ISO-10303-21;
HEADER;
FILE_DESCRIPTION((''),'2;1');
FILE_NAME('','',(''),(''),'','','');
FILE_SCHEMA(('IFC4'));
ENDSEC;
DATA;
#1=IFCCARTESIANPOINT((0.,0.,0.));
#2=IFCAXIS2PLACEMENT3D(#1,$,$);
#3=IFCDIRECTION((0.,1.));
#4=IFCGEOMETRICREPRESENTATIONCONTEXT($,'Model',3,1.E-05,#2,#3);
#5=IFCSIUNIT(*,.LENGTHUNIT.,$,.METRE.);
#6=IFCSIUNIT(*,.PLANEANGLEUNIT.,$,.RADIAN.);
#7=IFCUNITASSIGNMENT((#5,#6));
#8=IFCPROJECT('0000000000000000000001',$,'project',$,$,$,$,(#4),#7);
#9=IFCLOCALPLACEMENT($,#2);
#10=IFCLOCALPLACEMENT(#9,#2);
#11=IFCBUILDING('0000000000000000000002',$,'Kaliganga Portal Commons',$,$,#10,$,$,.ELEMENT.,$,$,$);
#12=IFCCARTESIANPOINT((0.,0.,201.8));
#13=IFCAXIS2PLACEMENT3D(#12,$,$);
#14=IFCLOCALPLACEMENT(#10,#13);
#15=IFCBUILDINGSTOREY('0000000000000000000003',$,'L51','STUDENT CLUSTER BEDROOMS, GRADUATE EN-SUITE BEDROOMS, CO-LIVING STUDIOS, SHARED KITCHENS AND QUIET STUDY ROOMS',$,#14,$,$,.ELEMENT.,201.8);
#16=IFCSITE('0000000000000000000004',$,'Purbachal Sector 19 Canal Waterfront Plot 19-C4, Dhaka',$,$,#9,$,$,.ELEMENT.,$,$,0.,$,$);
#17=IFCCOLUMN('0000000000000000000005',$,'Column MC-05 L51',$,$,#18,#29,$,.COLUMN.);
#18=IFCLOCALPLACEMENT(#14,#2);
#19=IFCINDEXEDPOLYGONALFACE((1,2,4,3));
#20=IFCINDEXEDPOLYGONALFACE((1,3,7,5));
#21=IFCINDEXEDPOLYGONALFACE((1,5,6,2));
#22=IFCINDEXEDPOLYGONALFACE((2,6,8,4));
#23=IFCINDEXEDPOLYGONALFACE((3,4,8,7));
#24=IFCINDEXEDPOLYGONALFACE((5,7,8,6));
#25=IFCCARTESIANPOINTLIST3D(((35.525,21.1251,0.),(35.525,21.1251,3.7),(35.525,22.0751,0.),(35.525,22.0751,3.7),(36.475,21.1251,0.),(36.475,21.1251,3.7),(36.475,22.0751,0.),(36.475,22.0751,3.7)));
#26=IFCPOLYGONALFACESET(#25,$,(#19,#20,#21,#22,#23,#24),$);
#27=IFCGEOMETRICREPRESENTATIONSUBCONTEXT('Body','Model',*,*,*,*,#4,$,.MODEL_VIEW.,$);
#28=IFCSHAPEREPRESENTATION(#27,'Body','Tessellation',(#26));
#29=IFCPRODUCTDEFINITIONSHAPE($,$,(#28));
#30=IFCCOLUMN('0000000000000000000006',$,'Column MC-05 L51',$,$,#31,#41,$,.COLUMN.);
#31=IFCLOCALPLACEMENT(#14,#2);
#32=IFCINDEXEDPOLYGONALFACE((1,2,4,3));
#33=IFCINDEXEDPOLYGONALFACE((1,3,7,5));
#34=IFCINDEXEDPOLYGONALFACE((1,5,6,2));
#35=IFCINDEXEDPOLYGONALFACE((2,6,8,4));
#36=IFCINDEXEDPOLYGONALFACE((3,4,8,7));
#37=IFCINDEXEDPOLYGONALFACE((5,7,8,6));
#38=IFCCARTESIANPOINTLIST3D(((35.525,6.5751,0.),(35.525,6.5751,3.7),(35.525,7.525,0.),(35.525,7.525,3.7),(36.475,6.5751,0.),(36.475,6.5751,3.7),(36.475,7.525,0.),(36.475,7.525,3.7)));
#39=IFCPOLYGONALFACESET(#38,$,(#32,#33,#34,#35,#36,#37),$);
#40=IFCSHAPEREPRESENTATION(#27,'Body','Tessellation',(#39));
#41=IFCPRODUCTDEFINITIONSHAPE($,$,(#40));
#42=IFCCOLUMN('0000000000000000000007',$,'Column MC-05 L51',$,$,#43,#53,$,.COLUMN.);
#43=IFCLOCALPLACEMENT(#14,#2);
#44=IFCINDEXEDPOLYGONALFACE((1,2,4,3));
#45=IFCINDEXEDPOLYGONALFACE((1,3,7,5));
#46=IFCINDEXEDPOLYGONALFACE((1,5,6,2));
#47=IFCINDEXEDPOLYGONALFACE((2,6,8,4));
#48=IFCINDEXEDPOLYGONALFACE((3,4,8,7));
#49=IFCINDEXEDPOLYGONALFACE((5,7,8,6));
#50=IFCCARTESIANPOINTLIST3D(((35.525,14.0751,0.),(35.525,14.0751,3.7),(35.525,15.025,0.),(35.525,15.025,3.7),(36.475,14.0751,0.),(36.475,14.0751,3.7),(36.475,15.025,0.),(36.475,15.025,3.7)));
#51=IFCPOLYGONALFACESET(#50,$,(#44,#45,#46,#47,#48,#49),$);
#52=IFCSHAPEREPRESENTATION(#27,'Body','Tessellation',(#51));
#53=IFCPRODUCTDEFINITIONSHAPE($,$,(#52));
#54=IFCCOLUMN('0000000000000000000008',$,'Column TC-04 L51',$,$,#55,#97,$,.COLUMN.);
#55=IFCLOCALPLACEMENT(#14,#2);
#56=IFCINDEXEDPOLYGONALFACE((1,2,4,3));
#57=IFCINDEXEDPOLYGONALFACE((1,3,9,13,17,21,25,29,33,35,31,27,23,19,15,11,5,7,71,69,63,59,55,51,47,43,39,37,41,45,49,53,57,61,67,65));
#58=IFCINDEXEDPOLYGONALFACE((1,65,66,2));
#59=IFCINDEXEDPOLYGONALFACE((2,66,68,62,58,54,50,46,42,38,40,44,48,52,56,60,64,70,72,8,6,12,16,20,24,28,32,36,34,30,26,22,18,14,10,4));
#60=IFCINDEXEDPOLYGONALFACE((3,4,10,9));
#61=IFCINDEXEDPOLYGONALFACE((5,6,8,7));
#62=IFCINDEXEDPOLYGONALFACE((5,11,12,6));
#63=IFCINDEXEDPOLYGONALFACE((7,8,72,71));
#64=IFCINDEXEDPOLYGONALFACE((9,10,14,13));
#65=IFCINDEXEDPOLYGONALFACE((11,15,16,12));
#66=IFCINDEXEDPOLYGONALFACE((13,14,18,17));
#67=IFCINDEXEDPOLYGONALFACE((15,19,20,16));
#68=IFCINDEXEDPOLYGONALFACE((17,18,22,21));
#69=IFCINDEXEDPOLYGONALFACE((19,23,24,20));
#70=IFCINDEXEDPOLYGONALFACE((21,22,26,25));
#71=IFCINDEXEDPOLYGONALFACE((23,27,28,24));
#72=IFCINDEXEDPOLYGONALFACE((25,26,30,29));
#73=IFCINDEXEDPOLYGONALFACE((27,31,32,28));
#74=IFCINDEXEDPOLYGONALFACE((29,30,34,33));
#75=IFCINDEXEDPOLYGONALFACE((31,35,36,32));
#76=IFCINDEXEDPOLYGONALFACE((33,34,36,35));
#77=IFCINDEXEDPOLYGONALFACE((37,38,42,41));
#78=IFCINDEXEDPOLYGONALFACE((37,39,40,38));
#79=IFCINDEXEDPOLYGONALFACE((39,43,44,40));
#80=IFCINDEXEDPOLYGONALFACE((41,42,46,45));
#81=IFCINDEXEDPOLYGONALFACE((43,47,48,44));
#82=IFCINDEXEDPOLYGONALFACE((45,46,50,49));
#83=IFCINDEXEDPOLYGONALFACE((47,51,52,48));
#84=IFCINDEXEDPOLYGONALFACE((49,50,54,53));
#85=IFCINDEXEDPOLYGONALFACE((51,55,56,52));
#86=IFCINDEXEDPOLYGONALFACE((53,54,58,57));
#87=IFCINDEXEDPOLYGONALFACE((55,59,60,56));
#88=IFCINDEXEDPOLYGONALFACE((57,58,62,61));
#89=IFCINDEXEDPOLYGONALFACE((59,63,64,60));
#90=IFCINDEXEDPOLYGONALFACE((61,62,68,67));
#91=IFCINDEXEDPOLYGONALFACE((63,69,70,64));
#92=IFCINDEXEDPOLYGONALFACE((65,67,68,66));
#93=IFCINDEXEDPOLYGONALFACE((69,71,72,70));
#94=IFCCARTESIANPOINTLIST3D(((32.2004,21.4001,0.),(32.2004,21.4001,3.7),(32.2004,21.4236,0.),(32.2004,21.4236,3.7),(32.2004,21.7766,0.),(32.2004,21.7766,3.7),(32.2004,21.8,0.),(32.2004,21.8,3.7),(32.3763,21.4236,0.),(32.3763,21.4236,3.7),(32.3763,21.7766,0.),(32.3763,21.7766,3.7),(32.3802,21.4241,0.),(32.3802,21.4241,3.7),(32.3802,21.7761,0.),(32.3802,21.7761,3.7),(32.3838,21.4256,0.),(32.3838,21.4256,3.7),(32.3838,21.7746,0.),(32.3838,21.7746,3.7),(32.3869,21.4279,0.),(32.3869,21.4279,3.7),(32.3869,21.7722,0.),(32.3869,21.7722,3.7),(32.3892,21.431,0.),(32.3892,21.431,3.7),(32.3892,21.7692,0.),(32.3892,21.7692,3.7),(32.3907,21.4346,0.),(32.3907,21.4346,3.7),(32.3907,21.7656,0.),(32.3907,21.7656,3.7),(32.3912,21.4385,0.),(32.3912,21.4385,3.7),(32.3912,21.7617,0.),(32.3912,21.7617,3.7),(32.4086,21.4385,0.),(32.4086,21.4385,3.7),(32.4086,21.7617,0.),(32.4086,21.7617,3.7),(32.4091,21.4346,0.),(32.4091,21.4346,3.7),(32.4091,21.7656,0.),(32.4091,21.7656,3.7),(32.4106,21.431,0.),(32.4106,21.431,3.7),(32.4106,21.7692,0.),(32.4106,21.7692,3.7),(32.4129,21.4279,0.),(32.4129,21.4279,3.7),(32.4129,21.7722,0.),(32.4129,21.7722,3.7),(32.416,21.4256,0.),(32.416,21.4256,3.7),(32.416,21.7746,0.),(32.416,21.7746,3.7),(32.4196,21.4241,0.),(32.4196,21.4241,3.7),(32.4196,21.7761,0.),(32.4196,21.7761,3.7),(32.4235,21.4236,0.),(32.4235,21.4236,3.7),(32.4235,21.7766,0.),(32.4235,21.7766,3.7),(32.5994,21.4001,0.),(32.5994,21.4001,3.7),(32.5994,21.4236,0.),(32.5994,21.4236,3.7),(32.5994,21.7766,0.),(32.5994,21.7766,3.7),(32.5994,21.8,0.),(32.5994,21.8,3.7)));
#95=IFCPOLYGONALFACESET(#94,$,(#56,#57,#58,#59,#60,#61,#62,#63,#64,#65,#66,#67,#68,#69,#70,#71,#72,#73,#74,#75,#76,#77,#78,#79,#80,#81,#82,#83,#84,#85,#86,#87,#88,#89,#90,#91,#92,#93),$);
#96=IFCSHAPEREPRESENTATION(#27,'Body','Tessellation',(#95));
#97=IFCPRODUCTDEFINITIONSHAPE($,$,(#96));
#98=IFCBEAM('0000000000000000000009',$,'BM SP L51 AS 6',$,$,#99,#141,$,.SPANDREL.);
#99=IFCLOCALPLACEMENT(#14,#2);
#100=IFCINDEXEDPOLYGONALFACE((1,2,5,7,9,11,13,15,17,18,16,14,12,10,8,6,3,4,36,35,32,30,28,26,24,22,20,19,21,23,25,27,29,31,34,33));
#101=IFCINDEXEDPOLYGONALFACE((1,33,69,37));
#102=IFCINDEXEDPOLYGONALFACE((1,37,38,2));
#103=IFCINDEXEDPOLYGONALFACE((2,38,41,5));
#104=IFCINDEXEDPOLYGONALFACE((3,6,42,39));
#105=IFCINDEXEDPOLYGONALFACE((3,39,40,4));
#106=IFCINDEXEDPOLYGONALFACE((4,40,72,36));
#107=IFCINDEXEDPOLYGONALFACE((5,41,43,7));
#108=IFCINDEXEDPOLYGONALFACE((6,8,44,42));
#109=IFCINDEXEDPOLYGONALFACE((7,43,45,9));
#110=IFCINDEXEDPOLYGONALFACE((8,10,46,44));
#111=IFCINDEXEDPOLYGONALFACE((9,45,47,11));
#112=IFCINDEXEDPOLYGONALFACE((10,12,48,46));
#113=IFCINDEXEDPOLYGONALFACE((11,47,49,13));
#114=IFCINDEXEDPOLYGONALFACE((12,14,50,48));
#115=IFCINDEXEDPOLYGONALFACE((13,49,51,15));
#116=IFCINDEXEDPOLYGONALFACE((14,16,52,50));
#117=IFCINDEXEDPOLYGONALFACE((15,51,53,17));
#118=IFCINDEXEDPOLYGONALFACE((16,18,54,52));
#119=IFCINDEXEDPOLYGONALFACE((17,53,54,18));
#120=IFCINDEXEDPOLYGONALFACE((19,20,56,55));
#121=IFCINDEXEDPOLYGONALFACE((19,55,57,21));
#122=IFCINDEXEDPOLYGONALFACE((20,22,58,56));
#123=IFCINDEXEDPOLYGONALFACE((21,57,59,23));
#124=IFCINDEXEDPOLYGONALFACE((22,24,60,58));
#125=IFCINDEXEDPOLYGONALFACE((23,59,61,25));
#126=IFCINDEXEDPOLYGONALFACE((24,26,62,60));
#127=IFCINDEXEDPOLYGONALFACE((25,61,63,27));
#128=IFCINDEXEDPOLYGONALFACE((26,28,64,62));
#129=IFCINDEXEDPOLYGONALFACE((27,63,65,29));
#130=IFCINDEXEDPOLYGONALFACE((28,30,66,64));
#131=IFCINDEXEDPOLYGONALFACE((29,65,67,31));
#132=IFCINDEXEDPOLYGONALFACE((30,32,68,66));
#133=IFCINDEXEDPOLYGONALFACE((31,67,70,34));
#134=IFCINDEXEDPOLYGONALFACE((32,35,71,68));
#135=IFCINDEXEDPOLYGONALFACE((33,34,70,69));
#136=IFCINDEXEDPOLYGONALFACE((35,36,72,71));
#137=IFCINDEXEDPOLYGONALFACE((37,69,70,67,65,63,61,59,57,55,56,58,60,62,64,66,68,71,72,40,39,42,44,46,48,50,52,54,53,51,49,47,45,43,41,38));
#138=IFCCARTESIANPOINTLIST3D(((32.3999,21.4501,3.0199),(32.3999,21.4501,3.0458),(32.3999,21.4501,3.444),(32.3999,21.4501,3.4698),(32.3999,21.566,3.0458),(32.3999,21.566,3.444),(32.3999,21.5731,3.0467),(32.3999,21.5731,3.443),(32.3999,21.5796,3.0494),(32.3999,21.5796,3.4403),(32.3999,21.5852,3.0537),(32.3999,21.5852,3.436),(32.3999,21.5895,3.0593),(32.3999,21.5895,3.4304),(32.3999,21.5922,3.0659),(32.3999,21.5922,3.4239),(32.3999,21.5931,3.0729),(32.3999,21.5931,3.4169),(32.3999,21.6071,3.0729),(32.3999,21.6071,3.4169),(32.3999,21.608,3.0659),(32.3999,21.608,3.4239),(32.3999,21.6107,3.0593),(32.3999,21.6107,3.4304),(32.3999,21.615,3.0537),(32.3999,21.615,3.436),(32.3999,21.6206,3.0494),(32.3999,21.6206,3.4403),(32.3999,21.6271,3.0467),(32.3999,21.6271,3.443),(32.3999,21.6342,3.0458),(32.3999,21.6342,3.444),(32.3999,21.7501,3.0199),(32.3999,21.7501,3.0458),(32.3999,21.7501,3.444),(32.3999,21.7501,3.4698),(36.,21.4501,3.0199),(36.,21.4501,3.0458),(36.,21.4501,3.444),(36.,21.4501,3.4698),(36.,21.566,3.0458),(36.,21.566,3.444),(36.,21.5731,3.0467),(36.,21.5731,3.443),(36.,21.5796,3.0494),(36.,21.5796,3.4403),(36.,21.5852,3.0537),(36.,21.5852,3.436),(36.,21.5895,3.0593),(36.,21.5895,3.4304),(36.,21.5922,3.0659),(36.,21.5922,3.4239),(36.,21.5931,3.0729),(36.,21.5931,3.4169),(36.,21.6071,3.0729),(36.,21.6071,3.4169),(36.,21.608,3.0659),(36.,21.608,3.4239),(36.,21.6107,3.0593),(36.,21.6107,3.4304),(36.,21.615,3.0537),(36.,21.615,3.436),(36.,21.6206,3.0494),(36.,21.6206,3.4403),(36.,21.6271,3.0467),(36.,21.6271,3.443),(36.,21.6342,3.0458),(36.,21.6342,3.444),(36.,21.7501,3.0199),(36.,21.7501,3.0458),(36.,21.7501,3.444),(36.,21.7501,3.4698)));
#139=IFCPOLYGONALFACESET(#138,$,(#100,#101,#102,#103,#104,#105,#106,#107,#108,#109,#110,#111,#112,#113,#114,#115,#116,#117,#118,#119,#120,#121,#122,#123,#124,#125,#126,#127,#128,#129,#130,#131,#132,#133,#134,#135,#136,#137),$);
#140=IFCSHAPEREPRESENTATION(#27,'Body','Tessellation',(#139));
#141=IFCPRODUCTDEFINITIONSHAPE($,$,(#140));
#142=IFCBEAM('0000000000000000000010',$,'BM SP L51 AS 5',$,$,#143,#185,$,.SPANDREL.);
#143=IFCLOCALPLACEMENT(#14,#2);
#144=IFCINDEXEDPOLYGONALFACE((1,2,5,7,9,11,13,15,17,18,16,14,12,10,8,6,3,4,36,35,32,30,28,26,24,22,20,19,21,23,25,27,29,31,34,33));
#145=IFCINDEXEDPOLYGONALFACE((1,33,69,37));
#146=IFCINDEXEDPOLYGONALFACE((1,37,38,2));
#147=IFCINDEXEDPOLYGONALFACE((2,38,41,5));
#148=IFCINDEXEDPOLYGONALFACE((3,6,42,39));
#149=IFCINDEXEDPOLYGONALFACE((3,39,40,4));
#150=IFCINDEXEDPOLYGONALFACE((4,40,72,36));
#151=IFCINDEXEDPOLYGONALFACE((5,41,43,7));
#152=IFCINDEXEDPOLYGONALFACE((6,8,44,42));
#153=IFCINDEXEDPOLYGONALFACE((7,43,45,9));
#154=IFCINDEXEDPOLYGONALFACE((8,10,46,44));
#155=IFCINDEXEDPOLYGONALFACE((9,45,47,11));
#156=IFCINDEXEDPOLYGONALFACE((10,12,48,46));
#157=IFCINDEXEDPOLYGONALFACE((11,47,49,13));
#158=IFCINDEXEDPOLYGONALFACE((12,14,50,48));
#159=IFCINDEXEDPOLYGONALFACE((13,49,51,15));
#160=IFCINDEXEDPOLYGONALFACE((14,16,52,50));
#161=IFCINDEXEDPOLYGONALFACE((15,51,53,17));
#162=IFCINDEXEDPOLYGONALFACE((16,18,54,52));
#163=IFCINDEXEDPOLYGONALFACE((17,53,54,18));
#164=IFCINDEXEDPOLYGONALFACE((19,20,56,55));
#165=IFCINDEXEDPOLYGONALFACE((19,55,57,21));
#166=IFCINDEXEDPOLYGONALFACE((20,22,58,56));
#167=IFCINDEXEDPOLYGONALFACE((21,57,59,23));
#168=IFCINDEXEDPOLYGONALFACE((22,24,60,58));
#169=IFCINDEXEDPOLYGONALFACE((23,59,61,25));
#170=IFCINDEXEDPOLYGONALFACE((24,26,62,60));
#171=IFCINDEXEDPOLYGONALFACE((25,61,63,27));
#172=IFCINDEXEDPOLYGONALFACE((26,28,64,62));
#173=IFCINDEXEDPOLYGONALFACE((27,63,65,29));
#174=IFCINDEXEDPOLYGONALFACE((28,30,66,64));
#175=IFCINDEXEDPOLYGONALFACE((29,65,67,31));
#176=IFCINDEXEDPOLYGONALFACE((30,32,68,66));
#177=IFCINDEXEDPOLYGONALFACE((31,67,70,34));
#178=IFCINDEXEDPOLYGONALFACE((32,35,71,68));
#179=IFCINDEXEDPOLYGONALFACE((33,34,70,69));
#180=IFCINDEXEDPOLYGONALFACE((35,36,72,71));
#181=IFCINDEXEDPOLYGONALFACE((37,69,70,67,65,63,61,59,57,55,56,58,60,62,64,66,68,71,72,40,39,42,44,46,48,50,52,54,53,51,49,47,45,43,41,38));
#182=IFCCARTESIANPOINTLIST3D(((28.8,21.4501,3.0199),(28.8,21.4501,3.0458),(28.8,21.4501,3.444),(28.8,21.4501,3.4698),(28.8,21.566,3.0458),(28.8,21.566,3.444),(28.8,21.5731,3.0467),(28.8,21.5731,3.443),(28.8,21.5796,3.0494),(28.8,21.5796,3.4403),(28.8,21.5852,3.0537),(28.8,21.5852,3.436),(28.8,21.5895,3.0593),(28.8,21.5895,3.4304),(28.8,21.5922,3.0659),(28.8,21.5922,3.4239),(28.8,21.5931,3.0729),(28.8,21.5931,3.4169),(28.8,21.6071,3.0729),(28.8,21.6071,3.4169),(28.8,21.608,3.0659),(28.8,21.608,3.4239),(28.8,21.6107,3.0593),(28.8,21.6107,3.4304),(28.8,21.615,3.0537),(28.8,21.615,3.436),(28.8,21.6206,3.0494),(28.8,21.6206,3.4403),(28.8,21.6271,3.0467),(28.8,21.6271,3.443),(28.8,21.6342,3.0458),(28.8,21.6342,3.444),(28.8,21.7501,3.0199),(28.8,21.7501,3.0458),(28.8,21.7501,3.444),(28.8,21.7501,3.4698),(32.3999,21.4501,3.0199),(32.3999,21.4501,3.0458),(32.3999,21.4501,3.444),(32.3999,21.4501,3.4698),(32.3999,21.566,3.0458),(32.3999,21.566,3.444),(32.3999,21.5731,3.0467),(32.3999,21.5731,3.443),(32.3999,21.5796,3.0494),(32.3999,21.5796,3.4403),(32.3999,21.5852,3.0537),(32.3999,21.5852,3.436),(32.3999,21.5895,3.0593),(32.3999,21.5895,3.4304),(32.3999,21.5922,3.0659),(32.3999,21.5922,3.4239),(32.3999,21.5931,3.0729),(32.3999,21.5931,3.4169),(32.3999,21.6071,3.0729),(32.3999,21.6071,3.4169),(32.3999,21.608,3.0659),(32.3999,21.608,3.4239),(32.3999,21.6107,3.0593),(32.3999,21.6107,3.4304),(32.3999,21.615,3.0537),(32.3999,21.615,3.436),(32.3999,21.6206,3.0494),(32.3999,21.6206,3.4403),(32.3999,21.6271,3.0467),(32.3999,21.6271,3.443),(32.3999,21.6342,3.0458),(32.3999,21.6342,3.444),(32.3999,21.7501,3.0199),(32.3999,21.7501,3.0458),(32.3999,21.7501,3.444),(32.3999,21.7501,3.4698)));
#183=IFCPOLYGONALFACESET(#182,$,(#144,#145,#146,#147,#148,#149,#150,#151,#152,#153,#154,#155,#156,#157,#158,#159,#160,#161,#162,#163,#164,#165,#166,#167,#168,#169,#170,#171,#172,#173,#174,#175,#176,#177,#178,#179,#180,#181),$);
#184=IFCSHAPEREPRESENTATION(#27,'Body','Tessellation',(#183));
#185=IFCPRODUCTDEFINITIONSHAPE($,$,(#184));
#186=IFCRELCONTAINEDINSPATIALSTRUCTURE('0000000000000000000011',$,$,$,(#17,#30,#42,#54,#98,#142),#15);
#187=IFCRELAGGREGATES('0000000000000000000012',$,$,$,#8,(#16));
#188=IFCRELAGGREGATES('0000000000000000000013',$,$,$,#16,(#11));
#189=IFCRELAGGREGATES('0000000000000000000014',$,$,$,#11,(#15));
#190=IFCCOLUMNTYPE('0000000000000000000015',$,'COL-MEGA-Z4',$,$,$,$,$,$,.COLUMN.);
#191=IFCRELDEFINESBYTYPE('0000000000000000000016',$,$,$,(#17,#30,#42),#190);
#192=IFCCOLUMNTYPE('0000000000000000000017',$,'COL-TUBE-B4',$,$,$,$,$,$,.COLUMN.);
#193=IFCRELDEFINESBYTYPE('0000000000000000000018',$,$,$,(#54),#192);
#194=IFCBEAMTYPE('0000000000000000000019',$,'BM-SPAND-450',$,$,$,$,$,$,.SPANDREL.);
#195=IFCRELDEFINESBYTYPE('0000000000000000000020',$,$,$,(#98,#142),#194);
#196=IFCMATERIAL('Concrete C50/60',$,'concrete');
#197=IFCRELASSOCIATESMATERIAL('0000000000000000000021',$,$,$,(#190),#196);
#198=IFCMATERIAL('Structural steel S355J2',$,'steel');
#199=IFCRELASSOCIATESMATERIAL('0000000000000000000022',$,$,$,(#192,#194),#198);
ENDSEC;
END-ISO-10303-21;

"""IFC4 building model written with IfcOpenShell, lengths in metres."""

from ifc_helpers import new_model, si_unit, direction, frame, origin, origin_2d, place, context, subcontext, project, spatial, rectangle, i_section, extrude, source, transform, mapped, material, material_profile, profile_set, type_object, element, save


model = new_model("IFC4")

# Units and contexts
model_context = context("Model", 3, precision=1e-05, world=origin(), true_north=direction((0.0, 1.0)))
body_context = subcontext(model_context, "Body", "Model", "MODEL_VIEW")
ifc_project = project(units=[si_unit("LENGTHUNIT", "METRE"), si_unit("PLANEANGLEUNIT", "RADIAN")], contexts=[model_context])

# Site, building, storey
site_placement = place(None, origin())
site = spatial("IfcSite", under=ifc_project, at=site_placement, Name="Purbachal Sector 19 Canal Waterfront Plot 19-C4, Dhaka", CompositionType="ELEMENT", RefElevation=0.0)
building_placement = place(site_placement, origin())
building = spatial("IfcBuilding", under=site, at=building_placement, Name="Kaliganga Portal Commons", CompositionType="ELEMENT")
storey_placement = place(building_placement, frame((0.0, 0.0, 201.8)))
storey = spatial("IfcBuildingStorey", under=building, at=storey_placement, Name="L51", Description="STUDENT CLUSTER BEDROOMS, GRADUATE EN-SUITE BEDROOMS, CO-LIVING STUDIOS, SHARED KITCHENS AND QUIET STUDY ROOMS", CompositionType="ELEMENT", Elevation=201.8)

# Columns
ifc_material_1 = material(Name="Concrete C50/60", Category="concrete")
ifc_material_profile_1 = material_profile(ifc_material_1, rectangle(XDim=0.95, YDim=0.95, at=origin_2d()), Name="RC 950x950")
ifc_profile_set_1 = profile_set([ifc_material_profile_1], Name="Concrete C50/60")
column_type_1 = type_object("IfcColumnType", Name="COL-MEGA-Z4", PredefinedType="COLUMN", material=ifc_profile_set_1)
shared_shape_1 = source(origin(), body_context, "Body", "SweptSolid", [
    extrude(rectangle(XDim=0.95, YDim=0.95, at=origin_2d()), origin(), (0.0, 0.0, 1.0), 3.7),
])
for number, where, z_axis, x_axis, name in (
    (1, (36.0, 21.6001, 0.0), (0.0, 0.0, 1.0), (1.0, 0.0, 0.0), "Column MC-05 L51"),
    (2, (36.0, 7.05, 0.0), (0.0, 0.0, 1.0), (1.0, 0.0, 0.0), "Column MC-05 L51"),
    (3, (36.0, 14.55, 0.0), (0.0, 0.0, 1.0), (1.0, 0.0, 0.0), "Column MC-05 L51"),
):
    element("IfcColumn", number, at=place(storey_placement, frame(where, z_axis=z_axis, x_axis=x_axis)), inside=storey, type_object=column_type_1, Name=name, PredefinedType="COLUMN", context=body_context, shape_type="MappedRepresentation", body=[
        mapped(shared_shape_1, transform((0.0, 0.0, 0.0), x_axis=(1.0, 0.0, 0.0), y_axis=(0.0, 1.0, 0.0), z_axis=(0.0, 0.0, 1.0), scale=1.0)),
    ])
ifc_material_2 = material(Name="Structural steel S355J2", Category="steel")
ifc_material_profile_2 = material_profile(ifc_material_2, i_section(OverallWidth=0.3989, OverallDepth=0.3999, WebThickness=0.0173, FlangeThickness=0.0234, FilletRadius=0.0149, at=origin_2d()), Name="HD 400x287")
ifc_profile_set_2 = profile_set([ifc_material_profile_2], Name="Structural steel S355J2 wide-flange")
column_type_2 = type_object("IfcColumnType", Name="COL-TUBE-B4", PredefinedType="COLUMN", material=ifc_profile_set_2)
shared_shape_2 = source(origin(), body_context, "Body", "SweptSolid", [
    extrude(i_section(OverallWidth=0.3989, OverallDepth=0.3999, WebThickness=0.0173, FlangeThickness=0.0234, FilletRadius=0.0149, at=origin_2d()), origin(), (0.0, 0.0, 1.0), 3.7),
])
column_placement = place(storey_placement, frame((32.3999, 21.6001, 0.0), z_axis=(0.0, 0.0, 1.0), x_axis=(1.0, 0.0, 0.0)))
element("IfcColumn", 4, at=column_placement, inside=storey, type_object=column_type_2, Name="Column TC-04 L51", PredefinedType="COLUMN", context=body_context, shape_type="MappedRepresentation", body=[
    mapped(shared_shape_2, transform((0.0, 0.0, 0.0), x_axis=(1.0, 0.0, 0.0), y_axis=(0.0, 1.0, 0.0), z_axis=(0.0, 0.0, 1.0), scale=1.0)),
])

# Beams
ifc_material_profile_3 = material_profile(ifc_material_2, i_section(OverallWidth=0.3, OverallDepth=0.45, WebThickness=0.0139, FlangeThickness=0.0259, FilletRadius=0.0271, at=origin_2d()), Name="HE 450 B")
ifc_profile_set_3 = profile_set([ifc_material_profile_3], Name="Structural steel S355J2 wide-flange")
beam_type_1 = type_object("IfcBeamType", Name="BM-SPAND-450", PredefinedType="SPANDREL", material=ifc_profile_set_3)
shared_shape_3 = source(origin(), body_context, "Body", "SweptSolid", [
    extrude(i_section(OverallWidth=0.3, OverallDepth=0.45, WebThickness=0.0139, FlangeThickness=0.0259, FilletRadius=0.0271, at=origin_2d()), origin(), (0.0, 0.0, 1.0), 3.6001),
])
beam_1_placement = place(storey_placement, frame((32.3999, 21.6001, 3.2449), z_axis=(1.0, 0.0, 0.0), x_axis=(0.0, 1.0, 0.0)))
element("IfcBeam", 5, at=beam_1_placement, inside=storey, type_object=beam_type_1, Name="BM SP L51 AS 6", PredefinedType="SPANDREL", context=body_context, shape_type="MappedRepresentation", body=[
    mapped(shared_shape_3, transform((0.0, 0.0, 0.0), x_axis=(1.0, 0.0, 0.0), y_axis=(0.0, 1.0, 0.0), z_axis=(0.0, 0.0, 1.0), scale=1.0)),
])
shared_shape_4 = source(origin(), body_context, "Body", "SweptSolid", [
    extrude(i_section(OverallWidth=0.3, OverallDepth=0.45, WebThickness=0.0139, FlangeThickness=0.0259, FilletRadius=0.0271, at=origin_2d()), origin(), (0.0, 0.0, 1.0), 3.5999),
])
beam_2_placement = place(storey_placement, frame((28.8, 21.6001, 3.2449), z_axis=(1.0, 0.0, 0.0), x_axis=(0.0, 1.0, 0.0)))
element("IfcBeam", 6, at=beam_2_placement, inside=storey, type_object=beam_type_1, Name="BM SP L51 AS 5", PredefinedType="SPANDREL", context=body_context, shape_type="MappedRepresentation", body=[
    mapped(shared_shape_4, transform((0.0, 0.0, 0.0), x_axis=(1.0, 0.0, 0.0), y_axis=(0.0, 1.0, 0.0), z_axis=(0.0, 0.0, 1.0), scale=1.0)),
])

save(model, "model.ifc")
